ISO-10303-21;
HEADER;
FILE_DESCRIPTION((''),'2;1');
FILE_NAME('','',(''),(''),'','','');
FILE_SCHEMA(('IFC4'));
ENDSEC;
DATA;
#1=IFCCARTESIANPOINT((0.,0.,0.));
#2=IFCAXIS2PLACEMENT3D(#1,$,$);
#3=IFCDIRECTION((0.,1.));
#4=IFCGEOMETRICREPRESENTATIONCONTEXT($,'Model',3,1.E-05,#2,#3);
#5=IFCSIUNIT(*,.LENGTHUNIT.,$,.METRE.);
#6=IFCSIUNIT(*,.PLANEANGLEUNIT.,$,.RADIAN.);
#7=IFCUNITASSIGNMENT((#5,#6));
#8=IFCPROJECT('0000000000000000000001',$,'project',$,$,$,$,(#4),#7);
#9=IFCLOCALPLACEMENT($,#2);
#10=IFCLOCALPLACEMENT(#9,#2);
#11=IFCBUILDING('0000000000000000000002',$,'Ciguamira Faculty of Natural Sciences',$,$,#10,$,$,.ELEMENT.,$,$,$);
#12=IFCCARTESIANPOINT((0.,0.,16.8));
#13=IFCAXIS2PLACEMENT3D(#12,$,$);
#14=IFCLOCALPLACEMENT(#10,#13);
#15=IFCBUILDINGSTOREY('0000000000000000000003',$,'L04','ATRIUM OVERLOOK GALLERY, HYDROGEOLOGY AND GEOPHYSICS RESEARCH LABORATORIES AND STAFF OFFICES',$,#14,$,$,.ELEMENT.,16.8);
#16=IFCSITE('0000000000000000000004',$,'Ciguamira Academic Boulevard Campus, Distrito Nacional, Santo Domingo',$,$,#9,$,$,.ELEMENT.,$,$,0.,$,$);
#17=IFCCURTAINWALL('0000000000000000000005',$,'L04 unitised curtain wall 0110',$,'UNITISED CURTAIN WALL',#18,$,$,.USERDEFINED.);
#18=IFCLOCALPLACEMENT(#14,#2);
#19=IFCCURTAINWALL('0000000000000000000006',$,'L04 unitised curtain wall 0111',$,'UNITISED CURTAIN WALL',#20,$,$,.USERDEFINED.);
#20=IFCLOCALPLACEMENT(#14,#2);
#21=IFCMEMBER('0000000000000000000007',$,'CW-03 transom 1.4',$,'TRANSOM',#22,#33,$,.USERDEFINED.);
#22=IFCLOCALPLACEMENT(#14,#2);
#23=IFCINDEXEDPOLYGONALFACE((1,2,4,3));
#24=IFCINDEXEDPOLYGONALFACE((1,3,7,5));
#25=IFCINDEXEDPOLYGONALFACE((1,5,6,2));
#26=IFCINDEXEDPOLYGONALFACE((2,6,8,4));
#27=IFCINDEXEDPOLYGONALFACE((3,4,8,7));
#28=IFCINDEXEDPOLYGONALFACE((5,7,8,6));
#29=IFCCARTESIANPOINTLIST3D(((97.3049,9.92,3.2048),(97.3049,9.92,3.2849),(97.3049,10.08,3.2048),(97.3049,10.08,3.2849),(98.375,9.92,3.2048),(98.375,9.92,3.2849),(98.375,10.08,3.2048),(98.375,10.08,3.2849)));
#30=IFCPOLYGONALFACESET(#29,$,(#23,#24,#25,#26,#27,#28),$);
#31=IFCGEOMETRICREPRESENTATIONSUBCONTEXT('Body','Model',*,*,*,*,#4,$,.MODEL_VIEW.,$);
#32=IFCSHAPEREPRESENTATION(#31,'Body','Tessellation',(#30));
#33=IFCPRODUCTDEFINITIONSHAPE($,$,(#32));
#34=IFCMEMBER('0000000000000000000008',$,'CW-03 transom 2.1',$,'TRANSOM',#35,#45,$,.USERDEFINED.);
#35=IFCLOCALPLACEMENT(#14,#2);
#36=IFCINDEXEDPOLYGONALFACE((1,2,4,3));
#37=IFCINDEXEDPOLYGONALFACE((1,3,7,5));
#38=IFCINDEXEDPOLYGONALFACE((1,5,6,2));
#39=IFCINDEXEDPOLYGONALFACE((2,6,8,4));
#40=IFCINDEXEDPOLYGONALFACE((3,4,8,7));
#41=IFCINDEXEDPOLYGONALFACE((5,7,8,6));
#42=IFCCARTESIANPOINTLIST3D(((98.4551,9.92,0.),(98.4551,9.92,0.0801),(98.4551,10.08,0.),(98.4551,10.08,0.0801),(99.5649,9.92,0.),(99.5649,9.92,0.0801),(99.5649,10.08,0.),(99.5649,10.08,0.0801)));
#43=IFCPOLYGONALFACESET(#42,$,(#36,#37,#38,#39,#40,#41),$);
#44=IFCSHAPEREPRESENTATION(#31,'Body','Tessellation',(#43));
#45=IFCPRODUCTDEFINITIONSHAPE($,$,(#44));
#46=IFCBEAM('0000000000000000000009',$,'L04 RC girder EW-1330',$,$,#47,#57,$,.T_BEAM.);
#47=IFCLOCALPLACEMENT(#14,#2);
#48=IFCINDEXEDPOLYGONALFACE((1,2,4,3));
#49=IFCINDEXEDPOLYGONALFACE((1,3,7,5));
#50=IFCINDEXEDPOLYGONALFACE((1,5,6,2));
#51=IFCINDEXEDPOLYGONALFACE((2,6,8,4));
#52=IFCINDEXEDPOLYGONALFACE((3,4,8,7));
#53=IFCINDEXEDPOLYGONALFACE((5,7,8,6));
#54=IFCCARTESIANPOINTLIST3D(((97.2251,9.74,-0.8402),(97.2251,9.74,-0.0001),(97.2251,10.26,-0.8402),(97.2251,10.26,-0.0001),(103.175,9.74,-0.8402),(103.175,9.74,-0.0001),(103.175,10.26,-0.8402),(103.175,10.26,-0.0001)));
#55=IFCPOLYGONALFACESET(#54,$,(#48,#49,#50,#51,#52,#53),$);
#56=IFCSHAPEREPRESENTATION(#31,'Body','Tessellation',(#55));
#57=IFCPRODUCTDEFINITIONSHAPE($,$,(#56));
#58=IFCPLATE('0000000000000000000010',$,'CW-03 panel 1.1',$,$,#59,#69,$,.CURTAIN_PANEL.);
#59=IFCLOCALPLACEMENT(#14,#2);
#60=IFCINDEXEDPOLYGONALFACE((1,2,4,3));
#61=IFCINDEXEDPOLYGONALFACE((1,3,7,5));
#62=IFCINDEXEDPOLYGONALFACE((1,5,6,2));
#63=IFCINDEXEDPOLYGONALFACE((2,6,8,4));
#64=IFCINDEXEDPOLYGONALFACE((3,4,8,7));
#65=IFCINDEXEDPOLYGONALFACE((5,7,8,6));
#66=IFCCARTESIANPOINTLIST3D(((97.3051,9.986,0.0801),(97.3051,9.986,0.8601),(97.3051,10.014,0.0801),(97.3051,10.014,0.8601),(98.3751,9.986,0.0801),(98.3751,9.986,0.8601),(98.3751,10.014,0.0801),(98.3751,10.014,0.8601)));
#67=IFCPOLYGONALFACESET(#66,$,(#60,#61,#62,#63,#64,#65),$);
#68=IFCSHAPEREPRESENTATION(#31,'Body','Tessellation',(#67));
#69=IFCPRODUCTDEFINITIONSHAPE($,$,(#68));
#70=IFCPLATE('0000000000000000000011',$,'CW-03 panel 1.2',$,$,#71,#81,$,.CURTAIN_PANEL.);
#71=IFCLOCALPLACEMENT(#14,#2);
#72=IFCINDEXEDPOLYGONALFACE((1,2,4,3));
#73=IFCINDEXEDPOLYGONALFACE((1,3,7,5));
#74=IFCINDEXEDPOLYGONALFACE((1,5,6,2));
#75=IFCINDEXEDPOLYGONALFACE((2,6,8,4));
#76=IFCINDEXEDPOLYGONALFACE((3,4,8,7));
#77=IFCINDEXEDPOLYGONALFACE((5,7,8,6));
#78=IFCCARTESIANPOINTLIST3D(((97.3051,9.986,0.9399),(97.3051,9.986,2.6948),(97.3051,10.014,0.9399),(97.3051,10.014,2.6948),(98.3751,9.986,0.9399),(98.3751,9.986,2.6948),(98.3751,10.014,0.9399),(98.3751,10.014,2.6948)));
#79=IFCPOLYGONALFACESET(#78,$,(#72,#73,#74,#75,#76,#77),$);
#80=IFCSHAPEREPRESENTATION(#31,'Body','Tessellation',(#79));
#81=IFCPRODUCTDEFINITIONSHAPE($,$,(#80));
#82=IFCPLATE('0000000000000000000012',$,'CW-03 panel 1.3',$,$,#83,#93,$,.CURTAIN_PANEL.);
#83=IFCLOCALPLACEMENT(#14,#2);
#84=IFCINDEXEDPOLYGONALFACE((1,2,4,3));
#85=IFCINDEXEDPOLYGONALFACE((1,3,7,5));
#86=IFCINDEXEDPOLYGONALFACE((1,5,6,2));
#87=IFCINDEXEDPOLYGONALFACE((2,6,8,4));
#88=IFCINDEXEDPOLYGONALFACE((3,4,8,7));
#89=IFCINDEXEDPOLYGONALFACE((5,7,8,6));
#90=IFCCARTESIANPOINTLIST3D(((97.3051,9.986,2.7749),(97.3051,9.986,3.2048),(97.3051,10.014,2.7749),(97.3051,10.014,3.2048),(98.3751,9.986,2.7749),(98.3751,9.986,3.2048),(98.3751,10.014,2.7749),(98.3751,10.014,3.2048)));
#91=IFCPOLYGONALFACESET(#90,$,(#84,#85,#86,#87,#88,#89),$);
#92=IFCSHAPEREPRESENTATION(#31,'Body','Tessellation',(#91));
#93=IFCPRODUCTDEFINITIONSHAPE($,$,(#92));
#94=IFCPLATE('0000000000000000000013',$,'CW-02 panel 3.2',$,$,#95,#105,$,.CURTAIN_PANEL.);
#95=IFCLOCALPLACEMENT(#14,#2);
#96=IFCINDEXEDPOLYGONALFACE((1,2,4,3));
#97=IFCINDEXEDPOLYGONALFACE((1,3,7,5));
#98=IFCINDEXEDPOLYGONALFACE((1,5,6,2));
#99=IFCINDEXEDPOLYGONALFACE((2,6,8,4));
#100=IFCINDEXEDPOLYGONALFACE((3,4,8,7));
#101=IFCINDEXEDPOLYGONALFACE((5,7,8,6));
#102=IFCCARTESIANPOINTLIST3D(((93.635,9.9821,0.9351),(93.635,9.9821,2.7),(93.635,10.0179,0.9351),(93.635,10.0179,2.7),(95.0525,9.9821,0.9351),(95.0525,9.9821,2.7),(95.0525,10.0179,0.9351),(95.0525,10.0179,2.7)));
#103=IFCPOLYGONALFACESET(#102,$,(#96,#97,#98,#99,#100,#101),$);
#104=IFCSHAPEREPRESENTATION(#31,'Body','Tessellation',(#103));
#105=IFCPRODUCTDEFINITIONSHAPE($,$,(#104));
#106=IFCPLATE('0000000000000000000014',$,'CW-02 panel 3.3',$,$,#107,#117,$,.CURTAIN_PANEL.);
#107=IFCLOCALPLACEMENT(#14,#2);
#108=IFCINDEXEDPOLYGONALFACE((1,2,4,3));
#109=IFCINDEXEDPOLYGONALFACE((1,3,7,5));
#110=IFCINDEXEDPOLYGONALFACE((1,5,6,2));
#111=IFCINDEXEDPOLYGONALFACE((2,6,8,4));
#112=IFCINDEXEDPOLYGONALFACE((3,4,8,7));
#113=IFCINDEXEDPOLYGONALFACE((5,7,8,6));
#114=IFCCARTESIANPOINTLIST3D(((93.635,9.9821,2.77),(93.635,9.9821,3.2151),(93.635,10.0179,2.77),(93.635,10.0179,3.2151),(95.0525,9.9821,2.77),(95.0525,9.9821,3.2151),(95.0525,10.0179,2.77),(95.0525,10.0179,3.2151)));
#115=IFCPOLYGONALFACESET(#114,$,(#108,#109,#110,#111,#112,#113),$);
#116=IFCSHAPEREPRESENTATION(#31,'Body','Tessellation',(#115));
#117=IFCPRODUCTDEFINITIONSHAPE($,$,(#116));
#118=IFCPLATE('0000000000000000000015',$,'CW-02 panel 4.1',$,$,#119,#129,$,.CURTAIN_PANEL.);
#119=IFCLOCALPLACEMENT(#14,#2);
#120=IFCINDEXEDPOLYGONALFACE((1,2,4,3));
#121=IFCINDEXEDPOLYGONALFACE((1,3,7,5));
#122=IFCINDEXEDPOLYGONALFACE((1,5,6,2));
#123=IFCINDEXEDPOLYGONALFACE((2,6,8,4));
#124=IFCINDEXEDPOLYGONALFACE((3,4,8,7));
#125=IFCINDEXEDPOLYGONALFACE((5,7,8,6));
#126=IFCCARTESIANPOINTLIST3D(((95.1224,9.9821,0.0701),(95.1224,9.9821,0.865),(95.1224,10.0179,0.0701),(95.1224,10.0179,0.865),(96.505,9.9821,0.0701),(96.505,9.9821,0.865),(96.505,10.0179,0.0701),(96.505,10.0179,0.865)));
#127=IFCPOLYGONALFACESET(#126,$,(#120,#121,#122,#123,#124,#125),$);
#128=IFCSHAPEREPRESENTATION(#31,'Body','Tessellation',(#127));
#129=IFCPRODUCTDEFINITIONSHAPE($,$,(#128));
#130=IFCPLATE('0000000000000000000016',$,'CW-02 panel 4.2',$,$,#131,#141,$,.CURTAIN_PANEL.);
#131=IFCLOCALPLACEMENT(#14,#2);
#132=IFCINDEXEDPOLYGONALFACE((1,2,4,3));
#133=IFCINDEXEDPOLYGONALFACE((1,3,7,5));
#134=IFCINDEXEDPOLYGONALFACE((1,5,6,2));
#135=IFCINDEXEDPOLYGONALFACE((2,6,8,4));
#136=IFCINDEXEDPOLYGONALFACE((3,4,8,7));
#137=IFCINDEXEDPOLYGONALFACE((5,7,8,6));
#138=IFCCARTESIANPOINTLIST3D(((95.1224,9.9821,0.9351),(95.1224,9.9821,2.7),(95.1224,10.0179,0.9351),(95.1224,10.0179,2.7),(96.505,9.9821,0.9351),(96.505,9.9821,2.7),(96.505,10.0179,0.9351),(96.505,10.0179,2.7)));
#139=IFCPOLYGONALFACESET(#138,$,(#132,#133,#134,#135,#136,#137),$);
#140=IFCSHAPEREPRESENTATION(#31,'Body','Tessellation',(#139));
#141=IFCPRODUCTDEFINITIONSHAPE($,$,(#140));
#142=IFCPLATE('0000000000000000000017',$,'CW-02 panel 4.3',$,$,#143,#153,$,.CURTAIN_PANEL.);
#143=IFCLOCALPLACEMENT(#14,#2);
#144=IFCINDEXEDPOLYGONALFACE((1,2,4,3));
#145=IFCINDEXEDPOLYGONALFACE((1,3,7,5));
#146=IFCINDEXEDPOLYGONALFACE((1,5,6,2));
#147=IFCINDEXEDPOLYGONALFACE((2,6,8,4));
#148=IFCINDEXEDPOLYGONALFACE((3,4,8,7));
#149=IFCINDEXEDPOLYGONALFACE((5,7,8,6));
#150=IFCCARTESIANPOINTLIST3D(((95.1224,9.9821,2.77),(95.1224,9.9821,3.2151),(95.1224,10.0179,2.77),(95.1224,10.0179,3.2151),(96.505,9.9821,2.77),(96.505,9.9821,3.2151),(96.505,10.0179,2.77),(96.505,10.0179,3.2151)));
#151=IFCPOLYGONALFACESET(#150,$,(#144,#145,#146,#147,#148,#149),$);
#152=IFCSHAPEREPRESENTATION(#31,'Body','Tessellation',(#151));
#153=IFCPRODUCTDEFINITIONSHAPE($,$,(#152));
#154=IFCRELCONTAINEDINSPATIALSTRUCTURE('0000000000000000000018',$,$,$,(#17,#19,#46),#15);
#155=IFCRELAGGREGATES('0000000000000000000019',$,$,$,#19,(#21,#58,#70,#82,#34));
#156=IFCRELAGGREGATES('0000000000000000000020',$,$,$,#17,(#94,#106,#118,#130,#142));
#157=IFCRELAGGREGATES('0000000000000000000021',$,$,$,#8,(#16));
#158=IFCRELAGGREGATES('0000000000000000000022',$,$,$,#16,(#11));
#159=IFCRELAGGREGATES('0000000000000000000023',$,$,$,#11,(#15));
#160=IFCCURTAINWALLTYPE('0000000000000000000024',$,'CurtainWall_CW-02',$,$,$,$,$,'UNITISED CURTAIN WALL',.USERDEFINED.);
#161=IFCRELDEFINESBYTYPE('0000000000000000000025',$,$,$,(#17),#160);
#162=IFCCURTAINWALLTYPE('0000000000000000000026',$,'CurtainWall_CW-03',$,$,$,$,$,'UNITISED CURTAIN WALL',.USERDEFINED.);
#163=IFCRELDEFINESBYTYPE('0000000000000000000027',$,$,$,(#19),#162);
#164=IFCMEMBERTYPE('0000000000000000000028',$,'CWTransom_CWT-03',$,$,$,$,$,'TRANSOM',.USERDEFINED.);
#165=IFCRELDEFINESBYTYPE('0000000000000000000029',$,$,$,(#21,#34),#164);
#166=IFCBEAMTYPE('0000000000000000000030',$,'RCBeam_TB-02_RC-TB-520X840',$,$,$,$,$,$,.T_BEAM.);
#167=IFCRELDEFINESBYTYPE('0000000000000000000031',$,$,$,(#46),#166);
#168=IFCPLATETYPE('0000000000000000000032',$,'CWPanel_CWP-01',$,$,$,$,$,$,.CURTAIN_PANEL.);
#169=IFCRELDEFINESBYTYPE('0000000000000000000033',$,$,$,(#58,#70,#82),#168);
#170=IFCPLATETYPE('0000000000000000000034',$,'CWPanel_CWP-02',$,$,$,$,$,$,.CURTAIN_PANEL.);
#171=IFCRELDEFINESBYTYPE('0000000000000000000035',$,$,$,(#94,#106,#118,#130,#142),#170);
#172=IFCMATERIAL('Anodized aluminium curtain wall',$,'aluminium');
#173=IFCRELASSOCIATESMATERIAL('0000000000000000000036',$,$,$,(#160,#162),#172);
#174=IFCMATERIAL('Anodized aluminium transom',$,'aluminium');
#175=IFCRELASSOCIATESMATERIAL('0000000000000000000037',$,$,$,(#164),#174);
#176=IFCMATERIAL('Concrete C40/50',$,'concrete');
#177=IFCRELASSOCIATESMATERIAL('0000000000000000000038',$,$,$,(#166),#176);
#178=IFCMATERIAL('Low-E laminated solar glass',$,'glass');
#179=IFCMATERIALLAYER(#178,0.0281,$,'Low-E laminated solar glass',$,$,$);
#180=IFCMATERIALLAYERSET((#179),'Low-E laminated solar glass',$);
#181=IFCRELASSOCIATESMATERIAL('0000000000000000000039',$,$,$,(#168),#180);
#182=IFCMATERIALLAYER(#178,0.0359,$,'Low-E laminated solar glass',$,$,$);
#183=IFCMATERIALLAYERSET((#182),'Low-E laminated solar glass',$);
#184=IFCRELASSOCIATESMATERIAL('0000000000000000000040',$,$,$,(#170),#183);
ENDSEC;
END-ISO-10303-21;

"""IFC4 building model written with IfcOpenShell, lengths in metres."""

from ifc_helpers import new_model, si_unit, direction, frame, origin, origin_2d, place, context, subcontext, project, spatial, rectangle, extrude, material, layer, layer_set, material_profile, profile_set, type_object, element, aggregate, save


model = new_model("IFC4")

# Units and contexts
model_context = context("Model", 3, precision=1e-05, world=origin(), true_north=direction((0.0, 1.0)))
body_context = subcontext(model_context, "Body", "Model", "MODEL_VIEW")
ifc_project = project(units=[si_unit("LENGTHUNIT", "METRE"), si_unit("PLANEANGLEUNIT", "RADIAN")], contexts=[model_context])

# Site, building, storey
site_placement = place(None, origin())
site = spatial("IfcSite", under=ifc_project, at=site_placement, Name="Ciguamira Academic Boulevard Campus, Distrito Nacional, Santo Domingo", CompositionType="ELEMENT", RefElevation=0.0)
building_placement = place(site_placement, origin())
building = spatial("IfcBuilding", under=site, at=building_placement, Name="Ciguamira Faculty of Natural Sciences", CompositionType="ELEMENT")
storey_placement = place(building_placement, frame((0.0, 0.0, 16.8)))
storey = spatial("IfcBuildingStorey", under=building, at=storey_placement, Name="L04", Description="ATRIUM OVERLOOK GALLERY, HYDROGEOLOGY AND GEOPHYSICS RESEARCH LABORATORIES AND STAFF OFFICES", CompositionType="ELEMENT", Elevation=16.8)

# Shared definitions
ifc_material_1 = material(Name="Concrete C40/50", Category="concrete")

# Curtain walls
ifc_material_2 = material(Name="Anodized aluminium curtain wall", Category="aluminium")
curtain_wall_type_1 = type_object("IfcCurtainWallType", Name="CurtainWall_CW-02", ElementType="UNITISED CURTAIN WALL", PredefinedType="USERDEFINED", material=ifc_material_2)
curtain_wall_1_placement = place(storey_placement, origin())
curtain_wall_1 = element("IfcCurtainWall", 1, at=curtain_wall_1_placement, inside=storey, type_object=curtain_wall_type_1, Name="L04 unitised curtain wall 0110", ObjectType="UNITISED CURTAIN WALL", PredefinedType="USERDEFINED")
curtain_wall_type_2 = type_object("IfcCurtainWallType", Name="CurtainWall_CW-03", ElementType="UNITISED CURTAIN WALL", PredefinedType="USERDEFINED", material=ifc_material_2)
curtain_wall_2_placement = place(storey_placement, origin())
curtain_wall_2 = element("IfcCurtainWall", 2, at=curtain_wall_2_placement, inside=storey, type_object=curtain_wall_type_2, Name="L04 unitised curtain wall 0111", ObjectType="UNITISED CURTAIN WALL", PredefinedType="USERDEFINED")

# Members
ifc_material_3 = material(Name="Anodized aluminium transom", Category="aluminium")
ifc_material_profile_1 = material_profile(ifc_material_3, rectangle(XDim=0.0801, YDim=0.1599, at=origin_2d()), Name="ALU-TRN-80X160")
ifc_profile_set_1 = profile_set([ifc_material_profile_1], Name="Anodized aluminium transom")
member_type_1 = type_object("IfcMemberType", Name="CWTransom_CWT-03", ElementType="TRANSOM", PredefinedType="USERDEFINED", material=ifc_profile_set_1)
member_1_placement = place(storey_placement, frame((97.3049, 10.0, 3.2449), z_axis=(1.0, 0.0, 0.0), x_axis=(0.0, 0.0, 1.0)))
member_1 = element("IfcMember", 3, at=member_1_placement, type_object=member_type_1, Name="CW-03 transom 1.4", ObjectType="TRANSOM", PredefinedType="USERDEFINED", context=body_context, shape_type="SweptSolid", body=[
    extrude(rectangle(XDim=0.0801, YDim=0.1599, at=origin_2d()), origin(), (0.0, 0.0, 1.0), 1.0701),
])
member_2_placement = place(storey_placement, frame((98.4551, 10.0, 0.04), z_axis=(1.0, 0.0, 0.0), x_axis=(0.0, 0.0, 1.0)))
member_2 = element("IfcMember", 4, at=member_2_placement, type_object=member_type_1, Name="CW-03 transom 2.1", ObjectType="TRANSOM", PredefinedType="USERDEFINED", context=body_context, shape_type="SweptSolid", body=[
    extrude(rectangle(XDim=0.0801, YDim=0.1599, at=origin_2d()), origin(), (0.0, 0.0, 1.0), 1.1099),
])

# Beam
ifc_material_profile_2 = material_profile(ifc_material_1, rectangle(XDim=0.52, YDim=0.8401, at=origin_2d()), Name="RC-TB-520X840")
ifc_profile_set_2 = profile_set([ifc_material_profile_2], Name="Concrete C40/50")
beam_type = type_object("IfcBeamType", Name="RCBeam_TB-02_RC-TB-520X840", PredefinedType="T_BEAM", material=ifc_profile_set_2)
beam_placement = place(storey_placement, frame((97.2251, 10.0, -0.4202), z_axis=(1.0, 0.0, 0.0), x_axis=(0.0, 1.0, 0.0)))
element("IfcBeam", 5, at=beam_placement, inside=storey, type_object=beam_type, Name="L04 RC girder EW-1330", PredefinedType="T_BEAM", context=body_context, shape_type="SweptSolid", body=[
    extrude(rectangle(XDim=0.52, YDim=0.8401, at=origin_2d()), origin(), (0.0, 0.0, 1.0), 5.95),
])

# Plates
ifc_material_4 = material(Name="Low-E laminated solar glass", Category="glass")
ifc_layer_1 = layer(ifc_material_4, 0.0281, Name="Low-E laminated solar glass")
ifc_layer_set_1 = layer_set([ifc_layer_1], Name="Low-E laminated solar glass")
plate_type_1 = type_object("IfcPlateType", Name="CWPanel_CWP-01", PredefinedType="CURTAIN_PANEL", material=ifc_layer_set_1)
plate_1_placement = place(storey_placement, frame((97.8401, 10.0, 0.0801), z_axis=(0.0, 0.0, 1.0), x_axis=(1.0, 0.0, 0.0)))
plate_1 = element("IfcPlate", 6, at=plate_1_placement, type_object=plate_type_1, Name="CW-03 panel 1.1", PredefinedType="CURTAIN_PANEL", context=body_context, shape_type="SweptSolid", body=[
    extrude(rectangle(XDim=1.0701, YDim=0.0281, at=origin_2d()), origin(), (0.0, 0.0, 1.0), 0.78),
])
plate_2_placement = place(storey_placement, frame((97.8401, 10.0, 0.9399), z_axis=(0.0, 0.0, 1.0), x_axis=(1.0, 0.0, 0.0)))
plate_2 = element("IfcPlate", 7, at=plate_2_placement, type_object=plate_type_1, Name="CW-03 panel 1.2", PredefinedType="CURTAIN_PANEL", context=body_context, shape_type="SweptSolid", body=[
    extrude(rectangle(XDim=1.0701, YDim=0.0281, at=origin_2d()), origin(), (0.0, 0.0, 1.0), 1.7549),
])
plate_3_placement = place(storey_placement, frame((97.8401, 10.0, 2.7749), z_axis=(0.0, 0.0, 1.0), x_axis=(1.0, 0.0, 0.0)))
plate_3 = element("IfcPlate", 8, at=plate_3_placement, type_object=plate_type_1, Name="CW-03 panel 1.3", PredefinedType="CURTAIN_PANEL", context=body_context, shape_type="SweptSolid", body=[
    extrude(rectangle(XDim=1.0701, YDim=0.0281, at=origin_2d()), origin(), (0.0, 0.0, 1.0), 0.4299),
])
aggregate(curtain_wall_2, [member_1, plate_1, plate_2, plate_3, member_2])
ifc_layer_2 = layer(ifc_material_4, 0.0359, Name="Low-E laminated solar glass")
ifc_layer_set_2 = layer_set([ifc_layer_2], Name="Low-E laminated solar glass")
plate_type_2 = type_object("IfcPlateType", Name="CWPanel_CWP-02", PredefinedType="CURTAIN_PANEL", material=ifc_layer_set_2)
plate_4_placement = place(storey_placement, frame((94.3438, 10.0, 0.9351), z_axis=(0.0, 0.0, 1.0), x_axis=(1.0, 0.0, 0.0)))
plate_4 = element("IfcPlate", 9, at=plate_4_placement, type_object=plate_type_2, Name="CW-02 panel 3.2", PredefinedType="CURTAIN_PANEL", context=body_context, shape_type="SweptSolid", body=[
    extrude(rectangle(XDim=1.4175, YDim=0.0359, at=origin_2d()), origin(), (0.0, 0.0, 1.0), 1.7649),
])
plate_5_placement = place(storey_placement, frame((94.3438, 10.0, 2.77), z_axis=(0.0, 0.0, 1.0), x_axis=(1.0, 0.0, 0.0)))
plate_5 = element("IfcPlate", 10, at=plate_5_placement, type_object=plate_type_2, Name="CW-02 panel 3.3", PredefinedType="CURTAIN_PANEL", context=body_context, shape_type="SweptSolid", body=[
    extrude(rectangle(XDim=1.4175, YDim=0.0359, at=origin_2d()), origin(), (0.0, 0.0, 1.0), 0.4451),
])
plate_6_placement = place(storey_placement, frame((95.8137, 10.0, 0.0701), z_axis=(0.0, 0.0, 1.0), x_axis=(1.0, 0.0, 0.0)))
plate_6 = element("IfcPlate", 11, at=plate_6_placement, type_object=plate_type_2, Name="CW-02 panel 4.1", PredefinedType="CURTAIN_PANEL", context=body_context, shape_type="SweptSolid", body=[
    extrude(rectangle(XDim=1.3826, YDim=0.0359, at=origin_2d()), origin(), (0.0, 0.0, 1.0), 0.7949),
])
plate_7_placement = place(storey_placement, frame((95.8137, 10.0, 0.9351), z_axis=(0.0, 0.0, 1.0), x_axis=(1.0, 0.0, 0.0)))
plate_7 = element("IfcPlate", 12, at=plate_7_placement, type_object=plate_type_2, Name="CW-02 panel 4.2", PredefinedType="CURTAIN_PANEL", context=body_context, shape_type="SweptSolid", body=[
    extrude(rectangle(XDim=1.3826, YDim=0.0359, at=origin_2d()), origin(), (0.0, 0.0, 1.0), 1.7649),
])
plate_8_placement = place(storey_placement, frame((95.8137, 10.0, 2.77), z_axis=(0.0, 0.0, 1.0), x_axis=(1.0, 0.0, 0.0)))
plate_8 = element("IfcPlate", 13, at=plate_8_placement, type_object=plate_type_2, Name="CW-02 panel 4.3", PredefinedType="CURTAIN_PANEL", context=body_context, shape_type="SweptSolid", body=[
    extrude(rectangle(XDim=1.3826, YDim=0.0359, at=origin_2d()), origin(), (0.0, 0.0, 1.0), 0.4451),
])
aggregate(curtain_wall_1, [plate_4, plate_5, plate_6, plate_7, plate_8])

save(model, "model.ifc")
